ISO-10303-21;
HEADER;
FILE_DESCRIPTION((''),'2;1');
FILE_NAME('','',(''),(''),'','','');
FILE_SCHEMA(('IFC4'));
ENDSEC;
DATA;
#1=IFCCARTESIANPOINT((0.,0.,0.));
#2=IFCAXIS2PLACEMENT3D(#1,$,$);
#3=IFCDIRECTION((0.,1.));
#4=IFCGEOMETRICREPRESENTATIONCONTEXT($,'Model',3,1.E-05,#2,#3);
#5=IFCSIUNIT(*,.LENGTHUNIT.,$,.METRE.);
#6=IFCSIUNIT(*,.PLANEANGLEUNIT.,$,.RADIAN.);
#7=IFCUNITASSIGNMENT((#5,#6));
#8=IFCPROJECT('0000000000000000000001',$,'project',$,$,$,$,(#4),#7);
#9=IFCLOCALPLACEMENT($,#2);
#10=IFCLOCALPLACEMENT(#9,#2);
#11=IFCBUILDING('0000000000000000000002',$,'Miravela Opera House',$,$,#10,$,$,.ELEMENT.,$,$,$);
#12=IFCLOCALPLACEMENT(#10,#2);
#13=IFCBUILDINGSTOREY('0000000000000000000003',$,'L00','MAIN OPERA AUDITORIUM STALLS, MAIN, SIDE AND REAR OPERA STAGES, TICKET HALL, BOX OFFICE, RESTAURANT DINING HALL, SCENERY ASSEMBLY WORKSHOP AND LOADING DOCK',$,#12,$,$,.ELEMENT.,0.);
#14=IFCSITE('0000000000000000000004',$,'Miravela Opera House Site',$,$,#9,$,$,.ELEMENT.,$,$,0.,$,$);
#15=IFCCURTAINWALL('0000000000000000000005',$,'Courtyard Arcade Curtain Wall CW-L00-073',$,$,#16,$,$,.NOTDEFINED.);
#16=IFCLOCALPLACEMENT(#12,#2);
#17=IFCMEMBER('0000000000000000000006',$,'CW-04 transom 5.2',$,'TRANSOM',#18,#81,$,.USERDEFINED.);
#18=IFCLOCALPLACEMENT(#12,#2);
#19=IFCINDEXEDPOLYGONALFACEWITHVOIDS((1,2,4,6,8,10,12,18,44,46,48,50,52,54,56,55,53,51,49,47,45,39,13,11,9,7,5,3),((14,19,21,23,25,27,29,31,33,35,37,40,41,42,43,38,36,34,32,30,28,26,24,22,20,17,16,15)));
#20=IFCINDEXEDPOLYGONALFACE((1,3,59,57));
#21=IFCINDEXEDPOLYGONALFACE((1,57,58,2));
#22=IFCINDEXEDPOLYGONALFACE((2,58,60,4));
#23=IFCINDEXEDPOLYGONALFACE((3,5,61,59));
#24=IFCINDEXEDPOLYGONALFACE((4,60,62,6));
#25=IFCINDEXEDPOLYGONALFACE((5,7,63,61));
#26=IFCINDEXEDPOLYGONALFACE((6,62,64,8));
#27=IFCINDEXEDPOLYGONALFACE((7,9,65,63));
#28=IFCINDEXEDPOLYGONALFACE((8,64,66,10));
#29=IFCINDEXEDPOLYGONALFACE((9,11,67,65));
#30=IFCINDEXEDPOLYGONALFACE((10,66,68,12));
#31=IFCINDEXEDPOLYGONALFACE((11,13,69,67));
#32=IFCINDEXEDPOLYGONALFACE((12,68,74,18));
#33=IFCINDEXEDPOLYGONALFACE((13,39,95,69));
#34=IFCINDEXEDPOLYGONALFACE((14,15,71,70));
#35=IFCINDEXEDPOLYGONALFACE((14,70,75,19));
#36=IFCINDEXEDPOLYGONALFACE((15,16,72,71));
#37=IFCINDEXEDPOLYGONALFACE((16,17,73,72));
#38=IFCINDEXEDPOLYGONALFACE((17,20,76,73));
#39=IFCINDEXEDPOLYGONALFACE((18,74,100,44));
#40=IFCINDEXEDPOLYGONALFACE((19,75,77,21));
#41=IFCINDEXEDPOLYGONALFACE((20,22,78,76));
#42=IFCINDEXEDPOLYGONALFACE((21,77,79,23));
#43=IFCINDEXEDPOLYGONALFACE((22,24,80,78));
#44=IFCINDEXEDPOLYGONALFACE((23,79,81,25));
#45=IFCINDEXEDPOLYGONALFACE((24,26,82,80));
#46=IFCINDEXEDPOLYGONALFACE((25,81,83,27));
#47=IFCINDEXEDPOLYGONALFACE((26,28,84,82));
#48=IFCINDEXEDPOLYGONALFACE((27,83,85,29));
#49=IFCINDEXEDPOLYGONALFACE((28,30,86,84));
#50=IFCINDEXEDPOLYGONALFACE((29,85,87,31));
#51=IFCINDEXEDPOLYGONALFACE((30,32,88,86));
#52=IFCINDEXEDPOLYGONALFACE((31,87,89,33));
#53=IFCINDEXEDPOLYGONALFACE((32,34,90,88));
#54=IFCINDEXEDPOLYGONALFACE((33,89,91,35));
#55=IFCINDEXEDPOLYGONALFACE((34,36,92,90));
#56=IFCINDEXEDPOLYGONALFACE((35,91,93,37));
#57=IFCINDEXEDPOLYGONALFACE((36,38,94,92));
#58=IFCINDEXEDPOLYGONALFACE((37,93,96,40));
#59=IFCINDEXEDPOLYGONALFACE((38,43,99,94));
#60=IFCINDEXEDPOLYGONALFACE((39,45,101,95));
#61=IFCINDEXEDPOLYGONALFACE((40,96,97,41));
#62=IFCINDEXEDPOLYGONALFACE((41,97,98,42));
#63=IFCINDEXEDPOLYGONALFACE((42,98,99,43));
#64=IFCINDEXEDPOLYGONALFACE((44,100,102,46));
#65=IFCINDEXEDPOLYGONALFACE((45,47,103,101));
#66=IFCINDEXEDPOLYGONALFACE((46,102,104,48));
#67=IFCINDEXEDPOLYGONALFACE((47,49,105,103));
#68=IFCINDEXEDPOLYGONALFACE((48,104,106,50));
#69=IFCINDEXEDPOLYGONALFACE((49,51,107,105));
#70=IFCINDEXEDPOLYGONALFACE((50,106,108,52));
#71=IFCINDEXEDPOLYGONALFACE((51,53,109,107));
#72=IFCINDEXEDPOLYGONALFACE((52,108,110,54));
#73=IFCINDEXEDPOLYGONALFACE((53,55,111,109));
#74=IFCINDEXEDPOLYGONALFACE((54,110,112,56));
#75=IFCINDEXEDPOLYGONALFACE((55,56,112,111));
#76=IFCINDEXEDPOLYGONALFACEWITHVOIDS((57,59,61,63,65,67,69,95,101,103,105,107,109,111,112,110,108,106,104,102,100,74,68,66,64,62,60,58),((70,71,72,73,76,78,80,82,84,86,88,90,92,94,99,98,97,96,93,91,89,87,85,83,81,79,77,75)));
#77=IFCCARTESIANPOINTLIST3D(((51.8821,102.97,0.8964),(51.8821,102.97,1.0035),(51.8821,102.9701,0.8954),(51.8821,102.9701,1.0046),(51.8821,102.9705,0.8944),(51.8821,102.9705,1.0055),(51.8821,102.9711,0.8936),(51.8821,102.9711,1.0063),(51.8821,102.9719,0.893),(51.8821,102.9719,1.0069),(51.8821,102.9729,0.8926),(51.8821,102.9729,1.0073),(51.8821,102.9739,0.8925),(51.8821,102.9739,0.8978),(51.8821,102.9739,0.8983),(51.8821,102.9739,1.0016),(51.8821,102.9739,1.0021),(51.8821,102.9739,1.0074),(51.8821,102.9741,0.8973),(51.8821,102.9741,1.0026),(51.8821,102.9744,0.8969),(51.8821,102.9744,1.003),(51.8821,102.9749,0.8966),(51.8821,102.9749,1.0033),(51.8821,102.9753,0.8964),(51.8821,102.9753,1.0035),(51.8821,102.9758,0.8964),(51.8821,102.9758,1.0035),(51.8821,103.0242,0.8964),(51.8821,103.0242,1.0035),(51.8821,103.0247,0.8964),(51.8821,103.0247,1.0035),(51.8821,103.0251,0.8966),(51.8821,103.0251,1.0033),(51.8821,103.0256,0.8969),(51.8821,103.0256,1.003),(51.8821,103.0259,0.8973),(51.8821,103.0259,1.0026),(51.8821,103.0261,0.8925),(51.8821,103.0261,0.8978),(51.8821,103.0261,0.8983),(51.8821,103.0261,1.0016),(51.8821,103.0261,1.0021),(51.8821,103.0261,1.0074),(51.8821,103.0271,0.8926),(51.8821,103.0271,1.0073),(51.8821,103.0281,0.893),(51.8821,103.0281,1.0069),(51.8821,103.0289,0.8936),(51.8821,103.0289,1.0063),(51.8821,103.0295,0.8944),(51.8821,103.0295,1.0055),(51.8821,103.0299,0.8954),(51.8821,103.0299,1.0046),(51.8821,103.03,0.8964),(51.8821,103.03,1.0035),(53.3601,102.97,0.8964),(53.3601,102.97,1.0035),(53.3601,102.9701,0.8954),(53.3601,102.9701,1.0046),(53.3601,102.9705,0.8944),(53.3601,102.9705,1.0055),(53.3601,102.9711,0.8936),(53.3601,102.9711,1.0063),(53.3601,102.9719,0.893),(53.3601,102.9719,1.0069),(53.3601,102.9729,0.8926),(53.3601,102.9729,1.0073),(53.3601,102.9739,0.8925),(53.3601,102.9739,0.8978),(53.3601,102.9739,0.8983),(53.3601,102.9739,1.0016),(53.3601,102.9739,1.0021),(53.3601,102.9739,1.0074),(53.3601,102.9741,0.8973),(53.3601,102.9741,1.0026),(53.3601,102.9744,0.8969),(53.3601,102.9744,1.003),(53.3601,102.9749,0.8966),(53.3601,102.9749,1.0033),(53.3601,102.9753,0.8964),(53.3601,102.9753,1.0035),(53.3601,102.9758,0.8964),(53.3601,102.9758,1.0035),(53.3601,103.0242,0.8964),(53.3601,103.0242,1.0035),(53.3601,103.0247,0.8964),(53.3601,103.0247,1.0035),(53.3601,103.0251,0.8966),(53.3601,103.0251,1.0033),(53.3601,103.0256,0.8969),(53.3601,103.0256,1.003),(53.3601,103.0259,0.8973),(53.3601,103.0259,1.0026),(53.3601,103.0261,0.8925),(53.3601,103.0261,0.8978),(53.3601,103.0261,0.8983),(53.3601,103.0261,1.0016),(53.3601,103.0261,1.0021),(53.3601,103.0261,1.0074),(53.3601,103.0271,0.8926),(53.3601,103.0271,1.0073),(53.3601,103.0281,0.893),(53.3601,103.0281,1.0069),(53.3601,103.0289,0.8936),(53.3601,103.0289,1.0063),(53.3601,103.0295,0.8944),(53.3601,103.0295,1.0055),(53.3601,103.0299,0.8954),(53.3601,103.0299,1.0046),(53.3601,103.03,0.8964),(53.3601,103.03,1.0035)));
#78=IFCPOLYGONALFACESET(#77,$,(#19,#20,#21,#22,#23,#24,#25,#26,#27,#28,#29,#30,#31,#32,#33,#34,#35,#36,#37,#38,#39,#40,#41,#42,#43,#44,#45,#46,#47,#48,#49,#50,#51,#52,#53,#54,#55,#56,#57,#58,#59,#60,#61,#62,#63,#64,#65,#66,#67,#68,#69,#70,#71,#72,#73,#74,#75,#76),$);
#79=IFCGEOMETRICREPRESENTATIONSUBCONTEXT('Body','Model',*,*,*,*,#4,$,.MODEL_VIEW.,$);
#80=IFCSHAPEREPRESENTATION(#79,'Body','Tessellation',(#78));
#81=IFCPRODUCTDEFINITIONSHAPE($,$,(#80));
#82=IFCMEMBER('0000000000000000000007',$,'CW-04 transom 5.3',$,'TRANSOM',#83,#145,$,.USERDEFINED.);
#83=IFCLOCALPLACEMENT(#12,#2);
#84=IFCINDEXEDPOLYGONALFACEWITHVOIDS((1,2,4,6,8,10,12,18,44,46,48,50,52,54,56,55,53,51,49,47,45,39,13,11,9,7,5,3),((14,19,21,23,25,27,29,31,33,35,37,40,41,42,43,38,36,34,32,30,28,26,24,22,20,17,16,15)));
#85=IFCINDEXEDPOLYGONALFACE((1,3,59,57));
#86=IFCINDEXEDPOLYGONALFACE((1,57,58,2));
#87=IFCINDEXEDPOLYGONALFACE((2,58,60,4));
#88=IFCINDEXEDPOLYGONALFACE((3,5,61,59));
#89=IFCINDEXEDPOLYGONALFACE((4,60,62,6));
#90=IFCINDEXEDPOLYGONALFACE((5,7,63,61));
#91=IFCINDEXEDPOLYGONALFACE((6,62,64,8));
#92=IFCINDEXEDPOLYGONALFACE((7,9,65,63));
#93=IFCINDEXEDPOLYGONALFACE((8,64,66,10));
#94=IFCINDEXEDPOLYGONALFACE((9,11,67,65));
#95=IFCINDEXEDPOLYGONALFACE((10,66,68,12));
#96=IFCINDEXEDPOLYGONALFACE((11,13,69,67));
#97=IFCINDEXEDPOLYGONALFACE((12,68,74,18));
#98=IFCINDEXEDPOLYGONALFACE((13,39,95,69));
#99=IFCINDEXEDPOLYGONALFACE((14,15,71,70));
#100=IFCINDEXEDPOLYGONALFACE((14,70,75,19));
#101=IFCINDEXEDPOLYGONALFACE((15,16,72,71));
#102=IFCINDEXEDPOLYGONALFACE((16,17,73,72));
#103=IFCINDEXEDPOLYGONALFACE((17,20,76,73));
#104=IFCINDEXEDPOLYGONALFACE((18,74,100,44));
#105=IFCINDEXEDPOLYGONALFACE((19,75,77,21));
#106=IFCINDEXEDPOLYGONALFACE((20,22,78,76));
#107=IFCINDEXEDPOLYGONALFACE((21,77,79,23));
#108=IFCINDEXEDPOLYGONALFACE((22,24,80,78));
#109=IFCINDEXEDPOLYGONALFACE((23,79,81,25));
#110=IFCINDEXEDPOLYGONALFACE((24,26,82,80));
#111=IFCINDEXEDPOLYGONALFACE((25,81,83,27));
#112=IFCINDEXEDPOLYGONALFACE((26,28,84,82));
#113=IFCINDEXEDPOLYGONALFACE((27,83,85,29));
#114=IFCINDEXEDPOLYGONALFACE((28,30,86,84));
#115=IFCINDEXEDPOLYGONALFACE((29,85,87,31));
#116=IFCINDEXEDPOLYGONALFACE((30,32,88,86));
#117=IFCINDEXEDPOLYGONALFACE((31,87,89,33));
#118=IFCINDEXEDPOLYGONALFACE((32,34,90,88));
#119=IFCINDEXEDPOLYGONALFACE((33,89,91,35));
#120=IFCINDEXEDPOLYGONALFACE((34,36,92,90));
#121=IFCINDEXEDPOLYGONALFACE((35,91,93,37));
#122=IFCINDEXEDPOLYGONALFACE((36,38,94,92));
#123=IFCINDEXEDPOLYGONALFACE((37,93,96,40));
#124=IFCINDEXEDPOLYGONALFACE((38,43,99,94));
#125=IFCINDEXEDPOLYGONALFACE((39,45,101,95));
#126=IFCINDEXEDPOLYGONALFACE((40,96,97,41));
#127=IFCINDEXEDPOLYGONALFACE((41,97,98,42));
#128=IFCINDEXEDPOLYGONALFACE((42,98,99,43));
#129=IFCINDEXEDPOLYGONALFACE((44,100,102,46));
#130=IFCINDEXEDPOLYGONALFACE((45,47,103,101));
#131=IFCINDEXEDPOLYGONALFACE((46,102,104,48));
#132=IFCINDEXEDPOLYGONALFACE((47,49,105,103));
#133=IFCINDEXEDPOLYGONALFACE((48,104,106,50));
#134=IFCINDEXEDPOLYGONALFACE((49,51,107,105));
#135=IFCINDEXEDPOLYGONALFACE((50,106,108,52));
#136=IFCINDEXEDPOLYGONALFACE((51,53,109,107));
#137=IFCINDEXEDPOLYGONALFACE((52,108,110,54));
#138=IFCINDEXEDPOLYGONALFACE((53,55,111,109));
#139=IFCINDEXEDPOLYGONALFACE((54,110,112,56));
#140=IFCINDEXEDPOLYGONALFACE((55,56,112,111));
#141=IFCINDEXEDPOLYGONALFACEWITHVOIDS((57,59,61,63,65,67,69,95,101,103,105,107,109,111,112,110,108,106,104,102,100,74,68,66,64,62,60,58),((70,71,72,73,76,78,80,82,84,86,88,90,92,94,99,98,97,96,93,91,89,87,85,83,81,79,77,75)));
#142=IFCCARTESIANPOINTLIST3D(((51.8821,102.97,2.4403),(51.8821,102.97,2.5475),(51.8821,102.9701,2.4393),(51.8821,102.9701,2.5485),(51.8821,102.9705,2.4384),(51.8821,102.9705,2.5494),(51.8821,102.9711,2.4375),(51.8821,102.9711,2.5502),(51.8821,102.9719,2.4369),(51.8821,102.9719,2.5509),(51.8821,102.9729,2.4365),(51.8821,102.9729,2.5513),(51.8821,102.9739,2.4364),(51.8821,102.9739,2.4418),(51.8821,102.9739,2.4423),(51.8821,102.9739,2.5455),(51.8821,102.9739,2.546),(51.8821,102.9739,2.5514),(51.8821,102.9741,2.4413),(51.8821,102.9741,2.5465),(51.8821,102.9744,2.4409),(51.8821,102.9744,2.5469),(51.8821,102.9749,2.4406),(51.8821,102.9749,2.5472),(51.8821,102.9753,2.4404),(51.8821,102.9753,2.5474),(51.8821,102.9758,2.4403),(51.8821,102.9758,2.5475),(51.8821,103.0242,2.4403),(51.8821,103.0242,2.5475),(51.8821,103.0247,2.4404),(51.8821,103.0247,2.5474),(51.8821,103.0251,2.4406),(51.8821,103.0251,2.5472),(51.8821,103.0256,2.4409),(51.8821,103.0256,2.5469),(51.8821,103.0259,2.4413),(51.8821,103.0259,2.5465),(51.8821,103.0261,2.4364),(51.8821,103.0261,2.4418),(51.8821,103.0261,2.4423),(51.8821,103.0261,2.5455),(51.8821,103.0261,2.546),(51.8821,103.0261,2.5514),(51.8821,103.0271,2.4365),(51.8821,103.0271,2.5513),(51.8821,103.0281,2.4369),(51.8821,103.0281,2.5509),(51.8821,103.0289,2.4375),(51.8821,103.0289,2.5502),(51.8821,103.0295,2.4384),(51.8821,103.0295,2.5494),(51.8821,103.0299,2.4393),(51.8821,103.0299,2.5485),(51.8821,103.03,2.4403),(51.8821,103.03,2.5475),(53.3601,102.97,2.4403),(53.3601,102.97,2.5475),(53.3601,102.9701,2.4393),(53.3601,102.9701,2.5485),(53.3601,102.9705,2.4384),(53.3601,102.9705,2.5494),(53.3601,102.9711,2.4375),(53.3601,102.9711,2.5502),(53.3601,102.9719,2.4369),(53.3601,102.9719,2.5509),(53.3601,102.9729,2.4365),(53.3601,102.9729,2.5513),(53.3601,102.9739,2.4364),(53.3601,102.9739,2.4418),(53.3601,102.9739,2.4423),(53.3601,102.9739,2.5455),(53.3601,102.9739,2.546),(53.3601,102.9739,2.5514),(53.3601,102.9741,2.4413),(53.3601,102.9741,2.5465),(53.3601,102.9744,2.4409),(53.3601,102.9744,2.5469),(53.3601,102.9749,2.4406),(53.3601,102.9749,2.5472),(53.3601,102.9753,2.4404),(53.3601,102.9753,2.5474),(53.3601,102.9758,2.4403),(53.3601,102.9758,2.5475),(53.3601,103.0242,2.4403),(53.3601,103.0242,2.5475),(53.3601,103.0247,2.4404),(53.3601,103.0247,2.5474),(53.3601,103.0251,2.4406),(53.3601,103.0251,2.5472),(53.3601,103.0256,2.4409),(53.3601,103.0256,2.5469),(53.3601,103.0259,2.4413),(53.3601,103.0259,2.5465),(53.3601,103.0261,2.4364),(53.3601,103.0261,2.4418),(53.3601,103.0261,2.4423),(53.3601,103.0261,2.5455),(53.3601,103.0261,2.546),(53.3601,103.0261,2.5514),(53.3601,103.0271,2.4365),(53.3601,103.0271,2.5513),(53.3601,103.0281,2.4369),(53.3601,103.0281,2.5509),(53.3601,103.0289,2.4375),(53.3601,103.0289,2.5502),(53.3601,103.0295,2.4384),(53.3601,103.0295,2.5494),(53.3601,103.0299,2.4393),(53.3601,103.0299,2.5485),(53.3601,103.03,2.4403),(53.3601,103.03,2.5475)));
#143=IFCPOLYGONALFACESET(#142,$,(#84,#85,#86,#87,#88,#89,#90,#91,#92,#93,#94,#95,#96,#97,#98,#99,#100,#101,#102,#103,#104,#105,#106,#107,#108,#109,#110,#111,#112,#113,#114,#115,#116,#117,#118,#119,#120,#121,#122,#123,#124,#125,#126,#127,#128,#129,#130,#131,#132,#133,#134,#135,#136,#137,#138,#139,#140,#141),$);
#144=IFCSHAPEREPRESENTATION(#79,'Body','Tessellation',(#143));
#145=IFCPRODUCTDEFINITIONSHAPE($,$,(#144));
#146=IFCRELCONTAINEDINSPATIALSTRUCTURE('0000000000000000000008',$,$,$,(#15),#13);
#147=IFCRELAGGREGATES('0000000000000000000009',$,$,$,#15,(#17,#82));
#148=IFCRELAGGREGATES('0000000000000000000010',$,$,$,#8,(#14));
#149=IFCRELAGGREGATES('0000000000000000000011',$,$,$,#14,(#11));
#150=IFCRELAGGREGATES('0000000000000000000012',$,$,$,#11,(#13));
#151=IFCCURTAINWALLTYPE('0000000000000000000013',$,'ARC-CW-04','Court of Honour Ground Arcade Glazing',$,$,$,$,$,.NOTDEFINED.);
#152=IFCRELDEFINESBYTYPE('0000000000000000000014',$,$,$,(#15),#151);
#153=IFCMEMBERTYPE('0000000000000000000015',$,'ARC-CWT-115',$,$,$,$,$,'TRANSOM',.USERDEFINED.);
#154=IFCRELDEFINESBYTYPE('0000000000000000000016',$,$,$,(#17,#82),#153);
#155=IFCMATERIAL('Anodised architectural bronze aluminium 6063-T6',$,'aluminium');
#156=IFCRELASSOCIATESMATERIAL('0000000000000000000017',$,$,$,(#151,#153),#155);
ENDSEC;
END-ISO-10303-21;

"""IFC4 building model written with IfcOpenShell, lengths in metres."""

from ifc_helpers import new_model, si_unit, direction, frame, origin, origin_2d, place, context, subcontext, project, spatial, hollow_rectangle, extrude, material, material_profile, profile_set, type_object, element, aggregate, save


model = new_model("IFC4")

# Units and contexts
model_context = context("Model", 3, precision=1e-05, world=origin(), true_north=direction((0.0, 1.0)))
body_context = subcontext(model_context, "Body", "Model", "MODEL_VIEW")
ifc_project = project(units=[si_unit("LENGTHUNIT", "METRE"), si_unit("PLANEANGLEUNIT", "RADIAN")], contexts=[model_context])

# Site, building, storey
site_placement = place(None, origin())
site = spatial("IfcSite", under=ifc_project, at=site_placement, Name="Miravela Opera House Site", CompositionType="ELEMENT", RefElevation=0.0)
building_placement = place(site_placement, origin())
building = spatial("IfcBuilding", under=site, at=building_placement, Name="Miravela Opera House", CompositionType="ELEMENT")
storey_placement = place(building_placement, origin())
storey = spatial("IfcBuildingStorey", under=building, at=storey_placement, Name="L00", Description="MAIN OPERA AUDITORIUM STALLS, MAIN, SIDE AND REAR OPERA STAGES, TICKET HALL, BOX OFFICE, RESTAURANT DINING HALL, SCENERY ASSEMBLY WORKSHOP AND LOADING DOCK", CompositionType="ELEMENT", Elevation=0.0)

# Curtain wall
ifc_material_1 = material(Name="Anodised architectural bronze aluminium 6063-T6", Category="aluminium")
curtain_wall_type = type_object("IfcCurtainWallType", Name="ARC-CW-04", Description="Court of Honour Ground Arcade Glazing", PredefinedType="NOTDEFINED", material=ifc_material_1)
curtain_wall_1_placement = place(storey_placement, origin())
curtain_wall_1 = element("IfcCurtainWall", 1, at=curtain_wall_1_placement, inside=storey, type_object=curtain_wall_type, Name="Courtyard Arcade Curtain Wall CW-L00-073", PredefinedType="NOTDEFINED")

# Members
ifc_material_profile_1 = material_profile(ifc_material_1, hollow_rectangle(XDim=0.0601, YDim=0.115, WallThickness=0.0039, InnerFilletRadius=0.002, OuterFilletRadius=0.0039, at=origin_2d()), Name="CWT-60X115")
ifc_profile_set_1 = profile_set([ifc_material_profile_1])
member_type_1 = type_object("IfcMemberType", Name="ARC-CWT-115", ElementType="TRANSOM", PredefinedType="USERDEFINED", material=ifc_profile_set_1)
member_1_placement = place(storey_placement, frame((51.8821, 103.0, 0.95), z_axis=(1.0, 0.0, 0.0), x_axis=(0.0, 1.0, 0.0)))
member_1 = element("IfcMember", 2, at=member_1_placement, type_object=member_type_1, Name="CW-04 transom 5.2", ObjectType="TRANSOM", PredefinedType="USERDEFINED", context=body_context, shape_type="SweptSolid", body=[
    extrude(hollow_rectangle(XDim=0.0601, YDim=0.115, WallThickness=0.0039, InnerFilletRadius=0.002, OuterFilletRadius=0.0039, at=origin_2d()), origin(), (0.0, 0.0, 1.0), 1.478),
])
member_2_placement = place(storey_placement, frame((51.8821, 103.0, 2.4939), z_axis=(1.0, 0.0, 0.0), x_axis=(0.0, 1.0, 0.0)))
member_2 = element("IfcMember", 3, at=member_2_placement, type_object=member_type_1, Name="CW-04 transom 5.3", ObjectType="TRANSOM", PredefinedType="USERDEFINED", context=body_context, shape_type="SweptSolid", body=[
    extrude(hollow_rectangle(XDim=0.0601, YDim=0.115, WallThickness=0.0039, InnerFilletRadius=0.002, OuterFilletRadius=0.0039, at=origin_2d()), origin(), (0.0, 0.0, 1.0), 1.478),
])

aggregate(curtain_wall_1, [member_1, member_2])

save(model, "model.ifc")
